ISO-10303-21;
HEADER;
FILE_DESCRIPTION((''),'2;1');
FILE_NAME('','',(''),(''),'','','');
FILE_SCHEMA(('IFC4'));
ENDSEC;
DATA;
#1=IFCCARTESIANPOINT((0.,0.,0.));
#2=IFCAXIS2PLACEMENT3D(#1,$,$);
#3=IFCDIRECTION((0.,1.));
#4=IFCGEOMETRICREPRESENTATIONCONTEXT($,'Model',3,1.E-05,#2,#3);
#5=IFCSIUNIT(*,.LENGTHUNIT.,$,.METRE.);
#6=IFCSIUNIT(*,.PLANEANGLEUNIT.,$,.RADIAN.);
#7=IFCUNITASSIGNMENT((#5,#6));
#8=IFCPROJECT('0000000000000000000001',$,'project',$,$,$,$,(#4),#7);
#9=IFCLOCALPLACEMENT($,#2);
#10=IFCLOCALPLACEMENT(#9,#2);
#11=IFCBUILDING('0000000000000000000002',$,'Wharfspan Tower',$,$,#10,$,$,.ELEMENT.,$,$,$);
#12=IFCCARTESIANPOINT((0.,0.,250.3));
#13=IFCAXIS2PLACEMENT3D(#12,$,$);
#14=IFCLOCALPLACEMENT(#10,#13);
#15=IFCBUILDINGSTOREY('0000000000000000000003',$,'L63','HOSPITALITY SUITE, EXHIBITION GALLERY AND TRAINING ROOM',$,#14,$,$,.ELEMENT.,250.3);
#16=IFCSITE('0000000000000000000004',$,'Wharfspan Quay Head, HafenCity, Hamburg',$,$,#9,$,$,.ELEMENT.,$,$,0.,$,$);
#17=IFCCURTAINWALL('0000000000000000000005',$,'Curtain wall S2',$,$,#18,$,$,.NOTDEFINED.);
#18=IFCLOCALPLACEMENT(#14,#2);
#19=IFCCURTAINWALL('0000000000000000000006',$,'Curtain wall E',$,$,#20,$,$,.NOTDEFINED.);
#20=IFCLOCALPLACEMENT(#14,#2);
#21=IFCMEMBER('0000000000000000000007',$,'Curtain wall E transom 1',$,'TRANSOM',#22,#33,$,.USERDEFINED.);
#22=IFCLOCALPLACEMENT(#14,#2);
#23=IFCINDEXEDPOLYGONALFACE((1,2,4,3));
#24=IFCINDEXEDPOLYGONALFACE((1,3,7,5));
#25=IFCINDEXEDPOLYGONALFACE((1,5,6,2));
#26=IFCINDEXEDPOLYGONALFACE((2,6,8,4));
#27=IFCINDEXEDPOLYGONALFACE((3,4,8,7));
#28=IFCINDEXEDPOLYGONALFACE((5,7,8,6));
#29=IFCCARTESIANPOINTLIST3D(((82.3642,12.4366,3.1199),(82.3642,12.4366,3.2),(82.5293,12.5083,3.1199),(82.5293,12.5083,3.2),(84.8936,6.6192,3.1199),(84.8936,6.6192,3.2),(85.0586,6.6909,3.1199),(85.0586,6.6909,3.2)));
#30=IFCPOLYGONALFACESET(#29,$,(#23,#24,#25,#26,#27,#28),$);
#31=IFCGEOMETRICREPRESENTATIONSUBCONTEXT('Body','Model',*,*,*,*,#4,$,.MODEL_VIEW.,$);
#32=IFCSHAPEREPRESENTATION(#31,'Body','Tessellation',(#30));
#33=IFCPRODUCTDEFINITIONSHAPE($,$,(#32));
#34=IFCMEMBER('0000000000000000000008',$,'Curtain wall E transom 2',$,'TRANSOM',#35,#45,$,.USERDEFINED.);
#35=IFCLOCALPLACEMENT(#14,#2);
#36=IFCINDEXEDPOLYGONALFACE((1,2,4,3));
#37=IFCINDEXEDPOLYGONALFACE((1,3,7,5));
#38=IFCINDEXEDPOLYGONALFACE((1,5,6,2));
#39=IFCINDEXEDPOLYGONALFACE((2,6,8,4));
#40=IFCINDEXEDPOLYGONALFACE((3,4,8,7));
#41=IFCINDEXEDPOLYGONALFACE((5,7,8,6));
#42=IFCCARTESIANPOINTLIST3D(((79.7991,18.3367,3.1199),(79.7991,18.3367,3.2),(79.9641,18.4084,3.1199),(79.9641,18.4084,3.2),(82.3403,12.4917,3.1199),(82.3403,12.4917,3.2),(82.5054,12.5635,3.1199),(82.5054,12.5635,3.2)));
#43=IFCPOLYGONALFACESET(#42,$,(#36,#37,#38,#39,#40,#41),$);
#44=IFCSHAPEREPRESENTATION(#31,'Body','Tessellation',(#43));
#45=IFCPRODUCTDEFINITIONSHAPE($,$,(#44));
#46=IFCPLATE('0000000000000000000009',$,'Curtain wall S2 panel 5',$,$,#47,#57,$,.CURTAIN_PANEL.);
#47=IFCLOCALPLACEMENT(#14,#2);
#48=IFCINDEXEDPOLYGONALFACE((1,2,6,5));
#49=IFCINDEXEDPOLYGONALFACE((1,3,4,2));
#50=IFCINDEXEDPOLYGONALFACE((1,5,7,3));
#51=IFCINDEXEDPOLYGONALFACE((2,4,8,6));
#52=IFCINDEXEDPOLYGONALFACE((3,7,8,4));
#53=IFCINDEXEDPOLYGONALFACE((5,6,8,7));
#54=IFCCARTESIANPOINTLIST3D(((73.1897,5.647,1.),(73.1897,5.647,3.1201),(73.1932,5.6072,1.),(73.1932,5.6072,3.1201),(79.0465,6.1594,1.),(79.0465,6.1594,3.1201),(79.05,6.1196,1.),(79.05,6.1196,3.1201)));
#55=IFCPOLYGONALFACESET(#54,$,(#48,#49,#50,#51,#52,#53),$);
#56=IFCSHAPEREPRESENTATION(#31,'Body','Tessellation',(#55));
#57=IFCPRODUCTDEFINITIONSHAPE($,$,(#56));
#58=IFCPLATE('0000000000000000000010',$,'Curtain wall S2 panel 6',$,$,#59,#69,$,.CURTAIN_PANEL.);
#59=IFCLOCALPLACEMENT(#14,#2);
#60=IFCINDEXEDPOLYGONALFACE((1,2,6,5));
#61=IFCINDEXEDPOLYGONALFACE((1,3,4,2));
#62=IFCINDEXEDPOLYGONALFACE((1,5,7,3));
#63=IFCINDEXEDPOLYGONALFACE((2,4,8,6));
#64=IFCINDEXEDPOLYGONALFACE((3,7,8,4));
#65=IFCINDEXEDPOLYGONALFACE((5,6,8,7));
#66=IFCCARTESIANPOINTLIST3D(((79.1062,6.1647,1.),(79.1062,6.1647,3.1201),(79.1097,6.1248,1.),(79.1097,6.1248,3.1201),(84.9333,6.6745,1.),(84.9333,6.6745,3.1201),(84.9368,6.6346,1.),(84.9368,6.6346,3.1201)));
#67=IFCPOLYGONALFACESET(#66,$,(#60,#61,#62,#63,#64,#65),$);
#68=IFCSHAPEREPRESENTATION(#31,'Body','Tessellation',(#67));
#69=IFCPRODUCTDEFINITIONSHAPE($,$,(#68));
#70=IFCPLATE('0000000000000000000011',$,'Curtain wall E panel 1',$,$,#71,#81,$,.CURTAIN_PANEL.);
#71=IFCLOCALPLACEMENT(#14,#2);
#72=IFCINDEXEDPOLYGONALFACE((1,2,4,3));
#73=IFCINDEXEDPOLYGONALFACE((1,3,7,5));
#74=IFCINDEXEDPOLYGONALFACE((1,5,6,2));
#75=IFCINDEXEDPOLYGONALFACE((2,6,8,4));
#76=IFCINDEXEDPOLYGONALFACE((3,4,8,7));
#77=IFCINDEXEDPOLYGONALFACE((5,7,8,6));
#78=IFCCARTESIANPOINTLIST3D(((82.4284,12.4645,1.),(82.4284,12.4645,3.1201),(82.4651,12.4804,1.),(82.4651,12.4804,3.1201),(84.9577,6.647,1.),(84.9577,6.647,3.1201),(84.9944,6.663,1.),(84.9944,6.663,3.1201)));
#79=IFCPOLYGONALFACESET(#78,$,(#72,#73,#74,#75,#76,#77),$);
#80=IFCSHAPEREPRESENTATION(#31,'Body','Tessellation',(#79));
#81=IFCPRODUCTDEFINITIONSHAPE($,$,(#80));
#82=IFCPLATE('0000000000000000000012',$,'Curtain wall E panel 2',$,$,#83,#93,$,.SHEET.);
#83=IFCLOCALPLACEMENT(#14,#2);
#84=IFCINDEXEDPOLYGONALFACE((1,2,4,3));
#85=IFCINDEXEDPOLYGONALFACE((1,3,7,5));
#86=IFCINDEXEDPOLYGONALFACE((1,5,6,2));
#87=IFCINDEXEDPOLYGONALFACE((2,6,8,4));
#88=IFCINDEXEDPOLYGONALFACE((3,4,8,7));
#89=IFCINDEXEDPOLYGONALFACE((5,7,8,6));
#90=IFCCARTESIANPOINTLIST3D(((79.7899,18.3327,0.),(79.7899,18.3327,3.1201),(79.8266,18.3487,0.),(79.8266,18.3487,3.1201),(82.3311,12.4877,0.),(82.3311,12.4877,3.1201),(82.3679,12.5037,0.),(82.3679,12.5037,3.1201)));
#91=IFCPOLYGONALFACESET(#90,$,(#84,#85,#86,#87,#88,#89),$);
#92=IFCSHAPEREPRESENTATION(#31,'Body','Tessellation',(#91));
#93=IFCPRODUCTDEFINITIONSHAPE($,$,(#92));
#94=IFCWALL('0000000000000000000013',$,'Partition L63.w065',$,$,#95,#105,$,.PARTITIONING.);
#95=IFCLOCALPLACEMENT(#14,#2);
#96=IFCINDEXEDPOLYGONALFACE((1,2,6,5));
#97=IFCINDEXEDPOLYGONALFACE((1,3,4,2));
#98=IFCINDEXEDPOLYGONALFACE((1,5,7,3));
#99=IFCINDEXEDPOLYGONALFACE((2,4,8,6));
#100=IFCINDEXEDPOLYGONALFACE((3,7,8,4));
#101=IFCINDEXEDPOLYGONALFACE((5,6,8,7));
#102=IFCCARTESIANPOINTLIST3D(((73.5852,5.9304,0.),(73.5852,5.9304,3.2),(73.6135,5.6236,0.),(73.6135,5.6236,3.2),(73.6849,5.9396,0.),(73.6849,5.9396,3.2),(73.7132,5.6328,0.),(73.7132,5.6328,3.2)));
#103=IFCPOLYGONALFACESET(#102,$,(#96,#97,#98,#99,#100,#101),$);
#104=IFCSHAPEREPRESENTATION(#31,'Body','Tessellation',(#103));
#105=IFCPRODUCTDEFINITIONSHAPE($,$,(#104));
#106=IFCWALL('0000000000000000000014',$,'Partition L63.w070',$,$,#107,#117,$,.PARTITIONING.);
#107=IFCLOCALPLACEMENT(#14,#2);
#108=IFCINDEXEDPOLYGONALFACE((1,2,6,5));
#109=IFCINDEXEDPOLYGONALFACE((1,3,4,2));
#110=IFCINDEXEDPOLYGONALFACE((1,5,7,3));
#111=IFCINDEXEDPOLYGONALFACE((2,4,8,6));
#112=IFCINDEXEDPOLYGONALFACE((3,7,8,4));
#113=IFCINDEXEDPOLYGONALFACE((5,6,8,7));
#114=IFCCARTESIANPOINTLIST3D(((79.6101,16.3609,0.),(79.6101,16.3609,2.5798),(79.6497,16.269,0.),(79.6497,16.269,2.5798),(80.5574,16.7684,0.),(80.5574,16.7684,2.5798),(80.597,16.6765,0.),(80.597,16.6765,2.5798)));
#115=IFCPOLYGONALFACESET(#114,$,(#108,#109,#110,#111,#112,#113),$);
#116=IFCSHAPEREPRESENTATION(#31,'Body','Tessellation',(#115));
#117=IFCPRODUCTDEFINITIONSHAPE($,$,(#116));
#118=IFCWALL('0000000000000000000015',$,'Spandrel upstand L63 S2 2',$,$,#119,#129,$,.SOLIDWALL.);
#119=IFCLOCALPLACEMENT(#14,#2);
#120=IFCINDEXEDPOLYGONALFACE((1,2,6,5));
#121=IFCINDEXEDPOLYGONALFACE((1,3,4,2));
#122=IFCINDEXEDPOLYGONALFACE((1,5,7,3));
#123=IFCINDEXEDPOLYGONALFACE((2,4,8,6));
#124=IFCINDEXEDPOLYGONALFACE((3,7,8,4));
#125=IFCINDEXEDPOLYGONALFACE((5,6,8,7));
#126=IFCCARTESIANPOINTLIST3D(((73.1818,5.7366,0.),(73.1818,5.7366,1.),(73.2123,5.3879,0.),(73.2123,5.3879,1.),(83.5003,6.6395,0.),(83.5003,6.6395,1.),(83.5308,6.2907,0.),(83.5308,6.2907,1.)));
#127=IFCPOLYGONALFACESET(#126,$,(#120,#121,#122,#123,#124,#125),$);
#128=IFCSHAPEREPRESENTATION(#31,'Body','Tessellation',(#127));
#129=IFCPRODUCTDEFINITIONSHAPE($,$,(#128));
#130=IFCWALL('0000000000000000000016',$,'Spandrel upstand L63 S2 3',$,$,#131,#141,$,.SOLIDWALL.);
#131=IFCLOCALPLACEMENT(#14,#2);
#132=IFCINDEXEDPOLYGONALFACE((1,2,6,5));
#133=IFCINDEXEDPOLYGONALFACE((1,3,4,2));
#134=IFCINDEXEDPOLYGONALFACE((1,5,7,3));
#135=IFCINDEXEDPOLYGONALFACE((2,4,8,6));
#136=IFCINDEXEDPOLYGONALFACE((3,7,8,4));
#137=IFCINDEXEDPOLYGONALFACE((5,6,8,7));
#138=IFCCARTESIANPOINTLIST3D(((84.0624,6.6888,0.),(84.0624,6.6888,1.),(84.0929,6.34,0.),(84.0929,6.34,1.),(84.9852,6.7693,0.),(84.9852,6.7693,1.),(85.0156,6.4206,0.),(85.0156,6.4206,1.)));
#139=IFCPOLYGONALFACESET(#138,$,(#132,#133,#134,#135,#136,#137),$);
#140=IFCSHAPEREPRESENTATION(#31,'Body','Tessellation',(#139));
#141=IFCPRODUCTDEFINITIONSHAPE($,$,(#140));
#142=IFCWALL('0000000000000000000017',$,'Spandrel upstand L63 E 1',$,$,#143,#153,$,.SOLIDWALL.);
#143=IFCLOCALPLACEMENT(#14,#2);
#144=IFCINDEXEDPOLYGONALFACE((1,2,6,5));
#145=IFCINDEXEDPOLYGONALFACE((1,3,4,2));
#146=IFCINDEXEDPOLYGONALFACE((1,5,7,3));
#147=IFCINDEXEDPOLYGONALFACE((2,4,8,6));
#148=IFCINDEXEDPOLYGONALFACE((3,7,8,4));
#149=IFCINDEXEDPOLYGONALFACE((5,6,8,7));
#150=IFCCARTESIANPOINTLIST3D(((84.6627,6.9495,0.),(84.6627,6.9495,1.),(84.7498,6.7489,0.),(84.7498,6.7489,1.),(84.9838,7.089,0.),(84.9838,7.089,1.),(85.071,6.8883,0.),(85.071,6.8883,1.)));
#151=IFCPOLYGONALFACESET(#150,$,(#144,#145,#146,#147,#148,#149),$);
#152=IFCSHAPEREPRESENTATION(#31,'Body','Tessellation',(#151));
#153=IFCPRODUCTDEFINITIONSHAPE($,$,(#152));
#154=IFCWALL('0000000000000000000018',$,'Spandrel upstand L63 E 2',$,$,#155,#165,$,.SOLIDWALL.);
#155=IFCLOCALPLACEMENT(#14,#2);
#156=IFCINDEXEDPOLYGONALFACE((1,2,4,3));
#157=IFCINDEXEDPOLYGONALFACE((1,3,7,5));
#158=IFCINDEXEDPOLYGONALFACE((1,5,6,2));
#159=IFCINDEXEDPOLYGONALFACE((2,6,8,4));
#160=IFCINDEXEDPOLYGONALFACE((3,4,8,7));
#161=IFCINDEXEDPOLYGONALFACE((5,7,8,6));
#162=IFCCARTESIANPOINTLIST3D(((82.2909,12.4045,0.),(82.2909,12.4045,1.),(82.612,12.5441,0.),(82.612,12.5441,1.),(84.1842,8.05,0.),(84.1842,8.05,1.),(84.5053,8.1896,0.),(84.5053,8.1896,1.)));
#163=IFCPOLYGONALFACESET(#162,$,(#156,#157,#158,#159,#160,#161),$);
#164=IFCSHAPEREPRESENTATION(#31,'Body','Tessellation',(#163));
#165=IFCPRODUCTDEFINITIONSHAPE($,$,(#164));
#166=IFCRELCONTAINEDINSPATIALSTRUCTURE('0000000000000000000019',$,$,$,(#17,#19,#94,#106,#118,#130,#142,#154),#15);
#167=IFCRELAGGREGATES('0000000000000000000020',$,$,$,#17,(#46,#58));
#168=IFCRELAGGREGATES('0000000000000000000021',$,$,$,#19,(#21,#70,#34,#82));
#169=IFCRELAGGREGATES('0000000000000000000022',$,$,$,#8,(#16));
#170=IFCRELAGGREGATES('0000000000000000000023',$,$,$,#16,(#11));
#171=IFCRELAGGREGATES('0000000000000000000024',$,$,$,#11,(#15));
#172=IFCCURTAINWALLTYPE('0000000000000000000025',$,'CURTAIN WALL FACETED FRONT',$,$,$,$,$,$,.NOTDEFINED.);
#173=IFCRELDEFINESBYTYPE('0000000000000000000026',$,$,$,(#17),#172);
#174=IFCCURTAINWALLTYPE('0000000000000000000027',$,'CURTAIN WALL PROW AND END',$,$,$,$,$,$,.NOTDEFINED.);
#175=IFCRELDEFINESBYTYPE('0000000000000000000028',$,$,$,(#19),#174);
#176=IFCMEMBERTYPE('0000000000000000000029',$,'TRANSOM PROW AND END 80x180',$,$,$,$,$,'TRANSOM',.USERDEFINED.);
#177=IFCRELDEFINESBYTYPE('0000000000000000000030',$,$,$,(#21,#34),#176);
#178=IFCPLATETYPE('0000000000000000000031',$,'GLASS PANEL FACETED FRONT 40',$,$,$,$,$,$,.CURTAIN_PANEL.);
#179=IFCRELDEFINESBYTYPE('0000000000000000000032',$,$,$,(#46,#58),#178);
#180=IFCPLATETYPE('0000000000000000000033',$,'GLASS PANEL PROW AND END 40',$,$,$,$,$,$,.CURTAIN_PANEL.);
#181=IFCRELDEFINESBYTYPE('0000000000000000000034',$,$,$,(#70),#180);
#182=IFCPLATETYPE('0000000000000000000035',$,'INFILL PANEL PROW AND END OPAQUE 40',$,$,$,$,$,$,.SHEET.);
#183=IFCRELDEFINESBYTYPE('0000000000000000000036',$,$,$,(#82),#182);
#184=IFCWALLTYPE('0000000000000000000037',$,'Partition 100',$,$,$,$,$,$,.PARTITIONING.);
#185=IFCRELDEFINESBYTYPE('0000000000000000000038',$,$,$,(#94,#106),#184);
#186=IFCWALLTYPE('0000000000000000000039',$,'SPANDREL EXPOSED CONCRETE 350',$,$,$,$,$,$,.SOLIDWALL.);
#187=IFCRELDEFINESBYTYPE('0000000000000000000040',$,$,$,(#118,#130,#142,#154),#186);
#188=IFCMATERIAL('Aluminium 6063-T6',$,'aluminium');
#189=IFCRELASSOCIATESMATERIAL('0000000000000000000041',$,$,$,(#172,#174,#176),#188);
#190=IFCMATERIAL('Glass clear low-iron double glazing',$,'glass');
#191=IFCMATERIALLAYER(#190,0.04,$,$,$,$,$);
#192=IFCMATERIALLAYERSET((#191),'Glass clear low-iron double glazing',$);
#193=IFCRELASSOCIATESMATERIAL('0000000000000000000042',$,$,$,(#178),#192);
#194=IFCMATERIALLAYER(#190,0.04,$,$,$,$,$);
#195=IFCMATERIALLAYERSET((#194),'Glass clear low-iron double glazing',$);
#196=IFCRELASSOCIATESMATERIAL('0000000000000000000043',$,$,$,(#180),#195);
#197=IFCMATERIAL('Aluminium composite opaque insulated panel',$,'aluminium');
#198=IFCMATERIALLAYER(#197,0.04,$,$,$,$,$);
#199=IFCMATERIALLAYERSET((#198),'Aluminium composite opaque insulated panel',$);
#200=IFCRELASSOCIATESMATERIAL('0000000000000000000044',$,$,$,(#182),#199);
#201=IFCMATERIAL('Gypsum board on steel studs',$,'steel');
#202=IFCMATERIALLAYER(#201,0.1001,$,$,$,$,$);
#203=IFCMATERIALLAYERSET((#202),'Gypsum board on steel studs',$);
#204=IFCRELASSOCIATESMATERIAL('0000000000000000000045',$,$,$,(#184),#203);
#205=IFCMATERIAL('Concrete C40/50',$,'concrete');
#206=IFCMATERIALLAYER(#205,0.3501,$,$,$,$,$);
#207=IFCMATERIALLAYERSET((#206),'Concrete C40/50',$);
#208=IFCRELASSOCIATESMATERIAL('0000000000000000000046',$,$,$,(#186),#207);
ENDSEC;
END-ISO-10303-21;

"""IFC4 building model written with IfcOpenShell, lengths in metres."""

from ifc_helpers import new_model, si_unit, direction, frame, frame_2d, origin, origin_2d, place, context, subcontext, project, spatial, rectangle, extrude, material, layer, layer_set, material_profile, profile_set, type_object, element, aggregate, save


model = new_model("IFC4")

# Units and contexts
model_context = context("Model", 3, precision=1e-05, world=origin(), true_north=direction((0.0, 1.0)))
body_context = subcontext(model_context, "Body", "Model", "MODEL_VIEW")
ifc_project = project(units=[si_unit("LENGTHUNIT", "METRE"), si_unit("PLANEANGLEUNIT", "RADIAN")], contexts=[model_context])

# Site, building, storey
site_placement = place(None, origin())
site = spatial("IfcSite", under=ifc_project, at=site_placement, Name="Wharfspan Quay Head, HafenCity, Hamburg", CompositionType="ELEMENT", RefElevation=0.0)
building_placement = place(site_placement, origin())
building = spatial("IfcBuilding", under=site, at=building_placement, Name="Wharfspan Tower", CompositionType="ELEMENT")
storey_placement = place(building_placement, frame((0.0, 0.0, 250.3)))
storey = spatial("IfcBuildingStorey", under=building, at=storey_placement, Name="L63", Description="HOSPITALITY SUITE, EXHIBITION GALLERY AND TRAINING ROOM", CompositionType="ELEMENT", Elevation=250.3)

# Curtain walls
ifc_material_1 = material(Name="Aluminium 6063-T6", Category="aluminium")
curtain_wall_type_1 = type_object("IfcCurtainWallType", Name="CURTAIN WALL FACETED FRONT", PredefinedType="NOTDEFINED", material=ifc_material_1)
curtain_wall_1_placement = place(storey_placement, origin())
curtain_wall_1 = element("IfcCurtainWall", 1, at=curtain_wall_1_placement, inside=storey, type_object=curtain_wall_type_1, Name="Curtain wall S2", PredefinedType="NOTDEFINED")
curtain_wall_type_2 = type_object("IfcCurtainWallType", Name="CURTAIN WALL PROW AND END", PredefinedType="NOTDEFINED", material=ifc_material_1)
curtain_wall_2_placement = place(storey_placement, origin())
curtain_wall_2 = element("IfcCurtainWall", 2, at=curtain_wall_2_placement, inside=storey, type_object=curtain_wall_type_2, Name="Curtain wall E", PredefinedType="NOTDEFINED")

# Members
ifc_material_profile_1 = material_profile(ifc_material_1, rectangle(XDim=0.1799, YDim=0.0801, at=origin_2d()))
ifc_profile_set_1 = profile_set([ifc_material_profile_1], Name="Aluminium 6063-T6")
member_type_1 = type_object("IfcMemberType", Name="TRANSOM PROW AND END 80x180", ElementType="TRANSOM", PredefinedType="USERDEFINED", material=ifc_profile_set_1)
member_1_placement = place(storey_placement, frame((84.9761, 6.655, 3.1599), z_axis=(-0.398726, 0.91707, 0.0), x_axis=(-0.91707, -0.398726, 0.0)))
member_1 = element("IfcMember", 3, at=member_1_placement, type_object=member_type_1, Name="Curtain wall E transom 1", ObjectType="TRANSOM", PredefinedType="USERDEFINED", context=body_context, shape_type="SweptSolid", body=[
    extrude(rectangle(XDim=0.1799, YDim=0.0801, at=origin_2d()), origin(), (0.0, 0.0, 1.0), 6.3435),
])
member_2_placement = place(storey_placement, frame((82.4229, 12.5276, 3.1599), z_axis=(-0.398722, 0.917072, 0.0), x_axis=(-0.917072, -0.398722, 0.0)))
member_2 = element("IfcMember", 4, at=member_2_placement, type_object=member_type_1, Name="Curtain wall E transom 2", ObjectType="TRANSOM", PredefinedType="USERDEFINED", context=body_context, shape_type="SweptSolid", body=[
    extrude(rectangle(XDim=0.1799, YDim=0.0801, at=origin_2d()), origin(), (0.0, 0.0, 1.0), 6.3735),
])

# Plates
ifc_material_2 = material(Name="Glass clear low-iron double glazing", Category="glass")
ifc_layer_1 = layer(ifc_material_2, 0.04)
ifc_layer_set_1 = layer_set([ifc_layer_1], Name="Glass clear low-iron double glazing")
plate_type_1 = type_object("IfcPlateType", Name="GLASS PANEL FACETED FRONT 40", PredefinedType="CURTAIN_PANEL", material=ifc_layer_set_1)
plate_1_placement = place(storey_placement, frame((76.1199, 5.8833, 1.0), z_axis=(0.0, 0.0, 1.0), x_axis=(0.996197, 0.087156, 0.0)))
plate_1 = element("IfcPlate", 5, at=plate_1_placement, type_object=plate_type_1, Name="Curtain wall S2 panel 5", PredefinedType="CURTAIN_PANEL", context=body_context, shape_type="SweptSolid", body=[
    extrude(rectangle(XDim=5.8792, YDim=0.04, at=origin_2d()), origin(), (0.0, 0.0, 1.0), 2.1201),
])
plate_2_placement = place(storey_placement, frame((82.0215, 6.3997, 1.0), z_axis=(0.0, 0.0, 1.0), x_axis=(0.996197, 0.087156, 0.0)))
plate_2 = element("IfcPlate", 6, at=plate_2_placement, type_object=plate_type_1, Name="Curtain wall S2 panel 6", PredefinedType="CURTAIN_PANEL", context=body_context, shape_type="SweptSolid", body=[
    extrude(rectangle(XDim=5.8494, YDim=0.04, at=origin_2d()), origin(), (0.0, 0.0, 1.0), 2.1201),
])
aggregate(curtain_wall_1, [plate_1, plate_2])
ifc_layer_2 = layer(ifc_material_2, 0.04)
ifc_layer_set_2 = layer_set([ifc_layer_2], Name="Glass clear low-iron double glazing")
plate_type_2 = type_object("IfcPlateType", Name="GLASS PANEL PROW AND END 40", PredefinedType="CURTAIN_PANEL", material=ifc_layer_set_2)
plate_3_placement = place(storey_placement, frame((83.7114, 9.5637, 1.0), z_axis=(0.0, 0.0, 1.0), x_axis=(-0.398727, 0.917072, 0.0)))
plate_3 = element("IfcPlate", 7, at=plate_3_placement, type_object=plate_type_2, Name="Curtain wall E panel 1", PredefinedType="CURTAIN_PANEL", context=body_context, shape_type="SweptSolid", body=[
    extrude(rectangle(XDim=6.3435, YDim=0.04, at=origin_2d()), origin(), (0.0, 0.0, 1.0), 2.1201),
])
ifc_material_3 = material(Name="Aluminium composite opaque insulated panel", Category="aluminium")
ifc_layer_3 = layer(ifc_material_3, 0.04)
ifc_layer_set_3 = layer_set([ifc_layer_3], Name="Aluminium composite opaque insulated panel")
plate_type_3 = type_object("IfcPlateType", Name="INFILL PANEL PROW AND END OPAQUE 40", PredefinedType="SHEET", material=ifc_layer_set_3)
plate_4_placement = place(storey_placement, frame((81.0789, 15.4182, 0.0), z_axis=(0.0, 0.0, 1.0), x_axis=(-0.398727, 0.917072, 0.0)))
plate_4 = element("IfcPlate", 8, at=plate_4_placement, type_object=plate_type_3, Name="Curtain wall E panel 2", PredefinedType="SHEET", context=body_context, shape_type="SweptSolid", body=[
    extrude(rectangle(XDim=6.3735, YDim=0.04, at=origin_2d()), origin(), (0.0, 0.0, 1.0), 3.1201),
])
aggregate(curtain_wall_2, [member_1, plate_3, member_2, plate_4])

# Walls
ifc_material_4 = material(Name="Gypsum board on steel studs", Category="steel")
ifc_layer_4 = layer(ifc_material_4, 0.1001)
ifc_layer_set_4 = layer_set([ifc_layer_4], Name="Gypsum board on steel studs")
wall_type_1 = type_object("IfcWallType", Name="Partition 100", PredefinedType="PARTITIONING", material=ifc_layer_set_4)
wall_1_placement = place(storey_placement, frame((73.6633, 5.6282, 0.0), z_axis=(0.0, 0.0, 1.0), x_axis=(-0.091893, 0.995772, 0.0)))
element("IfcWall", 9, at=wall_1_placement, inside=storey, type_object=wall_type_1, Name="Partition L63.w065", PredefinedType="PARTITIONING", context=body_context, shape_type="SweptSolid", body=[
    extrude(rectangle(XDim=0.3081, YDim=0.1001, at=frame_2d((0.1541, 0.0))), origin(), (0.0, 0.0, 1.0), 3.2),
])
wall_2_placement = place(storey_placement, frame((79.6299, 16.3149, 0.0), z_axis=(0.0, 0.0, 1.0), x_axis=(0.918616, 0.395147, 0.0)))
element("IfcWall", 10, at=wall_2_placement, inside=storey, type_object=wall_type_1, Name="Partition L63.w070", PredefinedType="PARTITIONING", context=body_context, shape_type="SweptSolid", body=[
    extrude(rectangle(XDim=1.0312, YDim=0.1001, at=frame_2d((0.5156, 0.0))), origin(), (0.0, 0.0, 1.0), 2.5798),
])
ifc_material_5 = material(Name="Concrete C40/50", Category="concrete")
ifc_layer_5 = layer(ifc_material_5, 0.3501)
ifc_layer_set_5 = layer_set([ifc_layer_5], Name="Concrete C40/50")
wall_type_2 = type_object("IfcWallType", Name="SPANDREL EXPOSED CONCRETE 350", PredefinedType="SOLIDWALL", material=ifc_layer_set_5)
wall_3_placement = place(storey_placement, frame((73.197, 5.5623, 0.0), z_axis=(0.0, 0.0, 1.0), x_axis=(0.996198, 0.087163, 0.0)))
element("IfcWall", 11, at=wall_3_placement, inside=storey, type_object=wall_type_2, Name="Spandrel upstand L63 S2 2", PredefinedType="SOLIDWALL", context=body_context, shape_type="SweptSolid", body=[
    extrude(rectangle(XDim=10.3579, YDim=0.3501, at=frame_2d((5.179, 0.0))), origin(), (0.0, 0.0, 1.0), 1.0),
])
wall_4_placement = place(storey_placement, frame((84.0776, 6.5144, 0.0), z_axis=(0.0, 0.0, 1.0), x_axis=(0.996213, 0.086971, 0.0)))
element("IfcWall", 12, at=wall_4_placement, inside=storey, type_object=wall_type_2, Name="Spandrel upstand L63 S2 3", PredefinedType="SOLIDWALL", context=body_context, shape_type="SweptSolid", body=[
    extrude(rectangle(XDim=0.9263, YDim=0.3501, at=frame_2d((0.4631, 0.0))), origin(), (0.0, 0.0, 1.0), 1.0),
])
wall_5_placement = place(storey_placement, frame((84.9104, 6.8186, 0.0), z_axis=(0.0, 0.0, 1.0), x_axis=(-0.398359, 0.91723, 0.0)))
element("IfcWall", 13, at=wall_5_placement, inside=storey, type_object=wall_type_2, Name="Spandrel upstand L63 E 1", PredefinedType="SOLIDWALL", context=body_context, shape_type="SweptSolid", body=[
    extrude(rectangle(XDim=0.2188, YDim=0.3501, at=frame_2d((0.1094, 0.0))), origin(), (0.0, 0.0, 1.0), 1.0),
])
wall_6_placement = place(storey_placement, frame((84.3447, 8.1199, 0.0), z_axis=(0.0, 0.0, 1.0), x_axis=(-0.398736, 0.917067, 0.0)))
element("IfcWall", 14, at=wall_6_placement, inside=storey, type_object=wall_type_2, Name="Spandrel upstand L63 E 2", PredefinedType="SOLIDWALL", context=body_context, shape_type="SweptSolid", body=[
    extrude(rectangle(XDim=4.7483, YDim=0.3501, at=frame_2d((2.374, 0.0))), origin(), (0.0, 0.0, 1.0), 1.0),
])

save(model, "model.ifc")
